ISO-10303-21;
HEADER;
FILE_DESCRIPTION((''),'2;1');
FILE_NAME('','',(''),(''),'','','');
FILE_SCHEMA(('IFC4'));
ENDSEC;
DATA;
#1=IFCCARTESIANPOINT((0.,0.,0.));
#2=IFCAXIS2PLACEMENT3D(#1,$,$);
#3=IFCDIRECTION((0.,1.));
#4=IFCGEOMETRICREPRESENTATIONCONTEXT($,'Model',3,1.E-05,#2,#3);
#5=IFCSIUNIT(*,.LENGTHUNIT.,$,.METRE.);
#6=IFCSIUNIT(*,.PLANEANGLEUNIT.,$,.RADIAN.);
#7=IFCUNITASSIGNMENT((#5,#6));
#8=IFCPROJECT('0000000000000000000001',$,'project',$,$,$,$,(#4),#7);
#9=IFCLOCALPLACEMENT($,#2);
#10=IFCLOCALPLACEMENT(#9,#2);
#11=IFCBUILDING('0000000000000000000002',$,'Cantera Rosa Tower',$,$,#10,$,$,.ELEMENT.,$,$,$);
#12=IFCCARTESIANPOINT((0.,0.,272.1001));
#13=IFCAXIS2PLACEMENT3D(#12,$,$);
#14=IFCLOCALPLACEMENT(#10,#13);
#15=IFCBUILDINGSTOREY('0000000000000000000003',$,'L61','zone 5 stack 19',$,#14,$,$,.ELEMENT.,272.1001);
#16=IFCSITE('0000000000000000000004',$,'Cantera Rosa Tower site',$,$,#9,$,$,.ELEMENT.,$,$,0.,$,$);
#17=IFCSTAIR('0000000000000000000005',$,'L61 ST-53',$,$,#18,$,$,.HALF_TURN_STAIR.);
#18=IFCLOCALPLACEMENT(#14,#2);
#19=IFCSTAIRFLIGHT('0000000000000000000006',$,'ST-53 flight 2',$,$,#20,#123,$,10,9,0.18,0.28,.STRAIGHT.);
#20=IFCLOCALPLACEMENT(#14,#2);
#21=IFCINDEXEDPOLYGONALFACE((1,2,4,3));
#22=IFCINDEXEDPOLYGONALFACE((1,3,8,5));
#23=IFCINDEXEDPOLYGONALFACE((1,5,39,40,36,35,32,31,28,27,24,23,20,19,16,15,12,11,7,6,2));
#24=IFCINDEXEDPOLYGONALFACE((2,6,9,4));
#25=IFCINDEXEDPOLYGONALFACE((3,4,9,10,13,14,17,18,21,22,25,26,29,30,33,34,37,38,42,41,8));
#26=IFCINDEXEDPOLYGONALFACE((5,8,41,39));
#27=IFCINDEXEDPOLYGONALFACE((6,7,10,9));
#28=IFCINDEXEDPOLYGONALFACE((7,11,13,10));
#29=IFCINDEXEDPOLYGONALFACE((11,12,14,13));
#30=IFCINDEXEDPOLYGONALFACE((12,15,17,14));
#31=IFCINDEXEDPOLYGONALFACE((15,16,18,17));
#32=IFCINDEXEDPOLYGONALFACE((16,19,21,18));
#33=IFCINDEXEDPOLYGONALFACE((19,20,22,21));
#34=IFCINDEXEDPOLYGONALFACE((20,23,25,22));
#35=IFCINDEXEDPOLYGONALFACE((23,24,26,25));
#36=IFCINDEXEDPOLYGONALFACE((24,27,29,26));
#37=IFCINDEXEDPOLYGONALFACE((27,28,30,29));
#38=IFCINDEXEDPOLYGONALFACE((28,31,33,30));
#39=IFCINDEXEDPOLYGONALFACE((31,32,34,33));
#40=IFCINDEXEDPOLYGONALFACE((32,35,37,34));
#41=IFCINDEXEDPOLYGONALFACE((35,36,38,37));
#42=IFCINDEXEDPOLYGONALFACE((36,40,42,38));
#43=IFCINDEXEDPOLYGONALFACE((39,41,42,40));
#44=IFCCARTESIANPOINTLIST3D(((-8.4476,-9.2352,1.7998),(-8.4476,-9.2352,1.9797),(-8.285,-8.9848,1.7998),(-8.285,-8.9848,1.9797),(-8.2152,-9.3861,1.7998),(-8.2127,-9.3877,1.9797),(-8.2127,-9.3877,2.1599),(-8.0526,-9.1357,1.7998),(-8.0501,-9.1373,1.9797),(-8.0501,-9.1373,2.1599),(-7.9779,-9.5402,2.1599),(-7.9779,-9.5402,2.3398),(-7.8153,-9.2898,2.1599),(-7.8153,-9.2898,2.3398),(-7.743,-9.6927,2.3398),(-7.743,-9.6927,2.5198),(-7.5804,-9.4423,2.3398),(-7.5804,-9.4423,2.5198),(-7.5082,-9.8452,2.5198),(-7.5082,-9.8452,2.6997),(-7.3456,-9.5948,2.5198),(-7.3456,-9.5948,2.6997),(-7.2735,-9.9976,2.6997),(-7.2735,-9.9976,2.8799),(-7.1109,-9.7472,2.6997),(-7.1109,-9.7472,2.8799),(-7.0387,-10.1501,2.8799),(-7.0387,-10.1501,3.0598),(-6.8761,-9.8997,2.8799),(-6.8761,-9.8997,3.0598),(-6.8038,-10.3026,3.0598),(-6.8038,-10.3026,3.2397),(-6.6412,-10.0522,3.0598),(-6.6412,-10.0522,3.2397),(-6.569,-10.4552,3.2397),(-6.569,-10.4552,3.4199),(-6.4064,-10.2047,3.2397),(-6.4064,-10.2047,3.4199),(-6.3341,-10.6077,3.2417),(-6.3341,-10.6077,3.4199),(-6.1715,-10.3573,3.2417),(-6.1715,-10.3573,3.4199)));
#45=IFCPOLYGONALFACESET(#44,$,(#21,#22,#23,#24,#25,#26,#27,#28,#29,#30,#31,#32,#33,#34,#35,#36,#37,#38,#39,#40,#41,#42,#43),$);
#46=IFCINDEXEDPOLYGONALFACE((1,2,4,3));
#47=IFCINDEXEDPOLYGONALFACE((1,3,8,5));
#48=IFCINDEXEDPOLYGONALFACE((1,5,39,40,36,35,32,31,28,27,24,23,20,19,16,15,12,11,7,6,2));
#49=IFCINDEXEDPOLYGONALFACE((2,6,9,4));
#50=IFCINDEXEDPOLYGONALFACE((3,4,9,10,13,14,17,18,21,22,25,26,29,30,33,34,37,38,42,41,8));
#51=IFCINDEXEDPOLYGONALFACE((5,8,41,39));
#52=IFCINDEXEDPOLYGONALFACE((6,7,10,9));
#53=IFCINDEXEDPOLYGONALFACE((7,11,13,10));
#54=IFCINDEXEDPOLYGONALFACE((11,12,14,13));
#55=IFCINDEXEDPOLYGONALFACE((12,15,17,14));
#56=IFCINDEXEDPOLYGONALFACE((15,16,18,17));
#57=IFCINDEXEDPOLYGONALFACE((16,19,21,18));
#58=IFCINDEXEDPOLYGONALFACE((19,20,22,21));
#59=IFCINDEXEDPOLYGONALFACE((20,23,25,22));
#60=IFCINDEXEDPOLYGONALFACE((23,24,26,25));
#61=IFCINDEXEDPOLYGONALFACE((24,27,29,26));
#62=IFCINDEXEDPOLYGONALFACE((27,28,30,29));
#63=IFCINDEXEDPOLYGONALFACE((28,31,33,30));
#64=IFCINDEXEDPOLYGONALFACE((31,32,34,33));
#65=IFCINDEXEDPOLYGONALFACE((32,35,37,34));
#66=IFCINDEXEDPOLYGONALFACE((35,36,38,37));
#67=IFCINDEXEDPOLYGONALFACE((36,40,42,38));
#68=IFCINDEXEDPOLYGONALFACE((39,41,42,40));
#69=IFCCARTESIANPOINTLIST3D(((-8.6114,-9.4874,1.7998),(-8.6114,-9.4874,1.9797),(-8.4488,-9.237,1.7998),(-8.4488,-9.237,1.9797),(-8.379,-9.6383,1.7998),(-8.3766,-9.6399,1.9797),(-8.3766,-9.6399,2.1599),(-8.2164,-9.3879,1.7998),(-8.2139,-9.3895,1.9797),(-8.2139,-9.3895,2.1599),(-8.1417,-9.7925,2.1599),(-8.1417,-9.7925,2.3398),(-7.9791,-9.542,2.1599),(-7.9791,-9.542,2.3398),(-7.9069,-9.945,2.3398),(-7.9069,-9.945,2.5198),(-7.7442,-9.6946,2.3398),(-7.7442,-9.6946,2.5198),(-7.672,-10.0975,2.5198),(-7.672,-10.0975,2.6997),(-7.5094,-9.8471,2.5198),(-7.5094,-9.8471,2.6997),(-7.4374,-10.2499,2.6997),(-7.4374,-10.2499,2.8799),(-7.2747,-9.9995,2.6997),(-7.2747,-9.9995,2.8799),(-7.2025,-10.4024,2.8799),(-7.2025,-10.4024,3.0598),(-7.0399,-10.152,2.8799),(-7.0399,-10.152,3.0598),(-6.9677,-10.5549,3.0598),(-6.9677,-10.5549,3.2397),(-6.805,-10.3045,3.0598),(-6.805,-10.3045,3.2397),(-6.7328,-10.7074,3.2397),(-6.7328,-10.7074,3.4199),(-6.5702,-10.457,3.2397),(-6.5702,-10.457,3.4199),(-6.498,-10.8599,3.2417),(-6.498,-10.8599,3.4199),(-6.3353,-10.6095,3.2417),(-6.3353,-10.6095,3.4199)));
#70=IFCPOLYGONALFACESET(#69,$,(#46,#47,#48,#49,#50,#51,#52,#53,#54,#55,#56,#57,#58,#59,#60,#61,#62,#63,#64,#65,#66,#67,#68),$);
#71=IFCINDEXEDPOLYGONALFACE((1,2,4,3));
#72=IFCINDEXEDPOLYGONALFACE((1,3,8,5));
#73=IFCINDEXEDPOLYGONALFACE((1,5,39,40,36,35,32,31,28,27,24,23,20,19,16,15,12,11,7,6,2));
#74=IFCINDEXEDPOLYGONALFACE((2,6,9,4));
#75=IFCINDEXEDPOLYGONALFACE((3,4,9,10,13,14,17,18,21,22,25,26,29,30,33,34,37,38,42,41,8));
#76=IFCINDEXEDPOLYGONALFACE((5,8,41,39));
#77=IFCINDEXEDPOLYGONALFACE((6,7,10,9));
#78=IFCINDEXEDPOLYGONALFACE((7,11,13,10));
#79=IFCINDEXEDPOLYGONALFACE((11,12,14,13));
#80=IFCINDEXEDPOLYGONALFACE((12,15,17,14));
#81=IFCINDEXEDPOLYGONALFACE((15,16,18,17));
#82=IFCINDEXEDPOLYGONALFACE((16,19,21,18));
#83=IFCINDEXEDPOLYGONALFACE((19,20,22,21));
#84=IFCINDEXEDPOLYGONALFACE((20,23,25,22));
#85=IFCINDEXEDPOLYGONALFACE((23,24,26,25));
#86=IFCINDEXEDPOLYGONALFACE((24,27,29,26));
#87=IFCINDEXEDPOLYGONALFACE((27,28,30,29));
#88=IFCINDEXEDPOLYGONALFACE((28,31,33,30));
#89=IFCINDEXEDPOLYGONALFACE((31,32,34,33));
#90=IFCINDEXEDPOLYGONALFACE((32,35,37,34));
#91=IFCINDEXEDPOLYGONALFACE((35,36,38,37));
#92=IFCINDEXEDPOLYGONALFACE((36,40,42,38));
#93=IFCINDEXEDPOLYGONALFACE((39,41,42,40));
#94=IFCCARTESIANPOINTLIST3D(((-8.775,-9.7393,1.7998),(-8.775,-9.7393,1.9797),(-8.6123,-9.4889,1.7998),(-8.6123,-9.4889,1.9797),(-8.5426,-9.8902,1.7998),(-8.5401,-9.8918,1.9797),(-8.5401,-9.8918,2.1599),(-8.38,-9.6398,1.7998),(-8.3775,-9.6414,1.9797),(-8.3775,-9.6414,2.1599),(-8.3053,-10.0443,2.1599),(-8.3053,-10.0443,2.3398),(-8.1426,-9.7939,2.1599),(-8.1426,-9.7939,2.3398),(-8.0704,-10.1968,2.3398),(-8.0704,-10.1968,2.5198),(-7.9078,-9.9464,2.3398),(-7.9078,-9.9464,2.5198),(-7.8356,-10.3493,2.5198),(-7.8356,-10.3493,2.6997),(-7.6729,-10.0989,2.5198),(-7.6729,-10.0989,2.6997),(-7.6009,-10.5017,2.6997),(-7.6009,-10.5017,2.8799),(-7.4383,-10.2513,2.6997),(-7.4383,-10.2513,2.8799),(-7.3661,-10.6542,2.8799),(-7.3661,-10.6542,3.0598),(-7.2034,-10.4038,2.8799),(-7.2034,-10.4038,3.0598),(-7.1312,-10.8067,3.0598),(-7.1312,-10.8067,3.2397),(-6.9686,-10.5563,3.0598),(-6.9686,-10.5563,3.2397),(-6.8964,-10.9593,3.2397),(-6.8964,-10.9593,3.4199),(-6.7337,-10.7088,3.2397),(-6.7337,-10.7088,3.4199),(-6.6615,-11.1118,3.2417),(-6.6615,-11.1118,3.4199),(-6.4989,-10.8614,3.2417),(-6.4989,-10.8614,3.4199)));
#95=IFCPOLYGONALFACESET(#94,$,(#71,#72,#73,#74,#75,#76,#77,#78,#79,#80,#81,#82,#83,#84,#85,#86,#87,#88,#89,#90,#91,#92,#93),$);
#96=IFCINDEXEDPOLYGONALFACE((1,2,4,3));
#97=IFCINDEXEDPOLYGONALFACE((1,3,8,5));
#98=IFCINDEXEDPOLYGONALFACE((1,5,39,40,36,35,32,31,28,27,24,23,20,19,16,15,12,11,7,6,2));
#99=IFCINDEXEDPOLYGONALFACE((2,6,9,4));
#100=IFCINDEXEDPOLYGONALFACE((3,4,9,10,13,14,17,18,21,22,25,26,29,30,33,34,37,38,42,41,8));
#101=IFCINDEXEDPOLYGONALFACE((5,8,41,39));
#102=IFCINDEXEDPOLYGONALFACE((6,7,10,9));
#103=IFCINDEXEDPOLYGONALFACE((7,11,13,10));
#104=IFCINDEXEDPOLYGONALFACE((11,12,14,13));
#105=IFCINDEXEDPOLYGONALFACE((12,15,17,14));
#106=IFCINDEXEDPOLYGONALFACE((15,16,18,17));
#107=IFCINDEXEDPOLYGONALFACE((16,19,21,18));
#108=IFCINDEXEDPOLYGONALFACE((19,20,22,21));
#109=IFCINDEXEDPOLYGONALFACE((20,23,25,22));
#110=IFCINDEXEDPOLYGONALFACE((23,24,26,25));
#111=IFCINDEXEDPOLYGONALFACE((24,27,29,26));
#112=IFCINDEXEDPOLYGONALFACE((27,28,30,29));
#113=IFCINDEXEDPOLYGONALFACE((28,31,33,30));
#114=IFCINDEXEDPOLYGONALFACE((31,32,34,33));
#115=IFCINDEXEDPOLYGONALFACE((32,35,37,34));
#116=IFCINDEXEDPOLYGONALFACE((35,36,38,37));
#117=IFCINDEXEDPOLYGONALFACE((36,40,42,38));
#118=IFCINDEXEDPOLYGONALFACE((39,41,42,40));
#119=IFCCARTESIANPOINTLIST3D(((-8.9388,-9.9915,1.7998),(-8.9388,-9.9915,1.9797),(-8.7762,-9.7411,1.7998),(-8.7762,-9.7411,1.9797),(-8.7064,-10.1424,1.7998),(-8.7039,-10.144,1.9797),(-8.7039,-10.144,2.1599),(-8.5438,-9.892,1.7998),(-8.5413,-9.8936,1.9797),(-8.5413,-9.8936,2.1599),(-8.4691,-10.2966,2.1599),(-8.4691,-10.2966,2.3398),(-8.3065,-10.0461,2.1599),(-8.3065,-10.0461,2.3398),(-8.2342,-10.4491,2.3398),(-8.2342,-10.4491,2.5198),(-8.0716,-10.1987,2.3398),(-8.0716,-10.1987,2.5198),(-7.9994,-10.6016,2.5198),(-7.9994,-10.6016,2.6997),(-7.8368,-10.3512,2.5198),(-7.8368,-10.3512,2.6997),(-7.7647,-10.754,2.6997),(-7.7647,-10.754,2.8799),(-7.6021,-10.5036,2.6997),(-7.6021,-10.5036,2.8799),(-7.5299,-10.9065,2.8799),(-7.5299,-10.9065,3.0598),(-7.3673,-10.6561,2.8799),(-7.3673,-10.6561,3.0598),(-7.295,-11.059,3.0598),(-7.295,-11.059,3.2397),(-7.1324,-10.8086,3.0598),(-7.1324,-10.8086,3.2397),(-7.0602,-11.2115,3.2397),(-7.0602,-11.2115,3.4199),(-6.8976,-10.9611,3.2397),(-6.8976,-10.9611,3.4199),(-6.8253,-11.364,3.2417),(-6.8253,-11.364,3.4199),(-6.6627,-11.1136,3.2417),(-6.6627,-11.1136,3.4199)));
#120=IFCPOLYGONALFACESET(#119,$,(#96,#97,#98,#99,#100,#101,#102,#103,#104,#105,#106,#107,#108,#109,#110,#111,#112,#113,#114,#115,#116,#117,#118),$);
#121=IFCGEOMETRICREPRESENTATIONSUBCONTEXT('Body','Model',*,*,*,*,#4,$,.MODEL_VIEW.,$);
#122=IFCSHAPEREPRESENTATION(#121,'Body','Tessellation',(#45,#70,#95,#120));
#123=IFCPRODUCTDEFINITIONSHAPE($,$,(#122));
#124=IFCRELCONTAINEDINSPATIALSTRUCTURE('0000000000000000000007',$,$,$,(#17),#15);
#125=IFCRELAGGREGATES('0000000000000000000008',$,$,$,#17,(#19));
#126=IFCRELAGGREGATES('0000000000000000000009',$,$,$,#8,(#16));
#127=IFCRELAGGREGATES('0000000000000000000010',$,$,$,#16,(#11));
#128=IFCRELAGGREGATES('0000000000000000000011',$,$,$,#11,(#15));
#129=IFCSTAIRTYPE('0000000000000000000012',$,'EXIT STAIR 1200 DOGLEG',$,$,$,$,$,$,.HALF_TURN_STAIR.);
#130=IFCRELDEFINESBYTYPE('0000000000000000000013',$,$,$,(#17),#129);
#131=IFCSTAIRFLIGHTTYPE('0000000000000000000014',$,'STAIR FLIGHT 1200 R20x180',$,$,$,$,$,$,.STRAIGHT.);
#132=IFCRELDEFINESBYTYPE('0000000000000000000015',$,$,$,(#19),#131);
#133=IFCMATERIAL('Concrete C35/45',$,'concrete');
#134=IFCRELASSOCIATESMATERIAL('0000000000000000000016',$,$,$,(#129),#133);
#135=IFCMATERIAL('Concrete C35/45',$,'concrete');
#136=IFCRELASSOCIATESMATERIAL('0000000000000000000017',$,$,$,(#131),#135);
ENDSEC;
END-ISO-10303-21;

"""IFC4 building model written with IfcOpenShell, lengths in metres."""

from ifc_helpers import new_model, si_unit, direction, frame, origin, place, context, subcontext, project, spatial, polyline, outline, extrude, material, type_object, element, aggregate, save


model = new_model("IFC4")

# Units and contexts
model_context = context("Model", 3, precision=1e-05, world=origin(), true_north=direction((0.0, 1.0)))
body_context = subcontext(model_context, "Body", "Model", "MODEL_VIEW")
ifc_project = project(units=[si_unit("LENGTHUNIT", "METRE"), si_unit("PLANEANGLEUNIT", "RADIAN")], contexts=[model_context])

# Site, building, storey
site_placement = place(None, origin())
site = spatial("IfcSite", under=ifc_project, at=site_placement, Name="Cantera Rosa Tower site", CompositionType="ELEMENT", RefElevation=0.0)
building_placement = place(site_placement, origin())
building = spatial("IfcBuilding", under=site, at=building_placement, Name="Cantera Rosa Tower", CompositionType="ELEMENT")
storey_placement = place(building_placement, frame((0.0, 0.0, 272.1001)))
storey = spatial("IfcBuildingStorey", under=building, at=storey_placement, Name="L61", Description="zone 5 stack 19", CompositionType="ELEMENT", Elevation=272.1001)

# Stair, stair flight
ifc_material_1 = material(Name="Concrete C35/45", Category="concrete")
stair_type = type_object("IfcStairType", Name="EXIT STAIR 1200 DOGLEG", PredefinedType="HALF_TURN_STAIR", material=ifc_material_1)
stair_placement = place(storey_placement, origin())
stair = element("IfcStair", 1, at=stair_placement, inside=storey, type_object=stair_type, Name="L61 ST-53", PredefinedType="HALF_TURN_STAIR")
ifc_material_2 = material(Name="Concrete C35/45", Category="concrete")
stair_flight_type = type_object("IfcStairFlightType", Name="STAIR FLIGHT 1200 R20x180", PredefinedType="STRAIGHT", material=ifc_material_2)
stair_flight_1_placement = place(storey_placement, frame((-8.6118, -9.488, 1.7998), z_axis=(0.0, 0.0, 1.0), x_axis=(0.838671, -0.544639, 0.0)))
stair_flight_1 = element("IfcStairFlight", 2, at=stair_flight_1_placement, type_object=stair_flight_type, Name="ST-53 flight 2", NumberOfRisers=10, NumberOfTreads=9, PredefinedType="STRAIGHT", RiserHeight=0.18, TreadLength=0.28, context=body_context, shape_type="SweptSolid", body=[
    extrude(outline(polyline([(0.0, 0.0), (0.0, 0.1799), (0.28, 0.1799), (0.28, 0.3601), (0.5601, 0.3601), (0.5601, 0.54), (0.8401, 0.54), (0.8401, 0.72), (1.1201, 0.72), (1.1201, 0.8999), (1.3999, 0.8999), (1.3999, 1.0801), (1.6799, 1.0801), (1.6799, 1.26), (1.96, 1.26), (1.96, 1.4399), (2.24, 1.4399), (2.24, 1.6201), (2.52, 1.6201), (2.52, 1.8), (2.52, 1.4419), (0.2771, 0.0), (0.0, 0.0)])), frame((0.0, 0.6001, 0.0), z_axis=(0.0, -1.0, 0.0), x_axis=(1.0, 0.0, 0.0)), (0.0, 0.0, 1.0), 0.2986),
    extrude(outline(polyline([(0.0, 0.0), (0.0, 0.1799), (0.28, 0.1799), (0.28, 0.3601), (0.5601, 0.3601), (0.5601, 0.54), (0.8401, 0.54), (0.8401, 0.72), (1.1201, 0.72), (1.1201, 0.8999), (1.3999, 0.8999), (1.3999, 1.0801), (1.6799, 1.0801), (1.6799, 1.26), (1.96, 1.26), (1.96, 1.4399), (2.24, 1.4399), (2.24, 1.6201), (2.52, 1.6201), (2.52, 1.8), (2.52, 1.4419), (0.2771, 0.0), (0.0, 0.0)])), frame((0.0, 0.2993, 0.0), z_axis=(0.0, -1.0, 0.0), x_axis=(1.0, 0.0, 0.0)), (0.0, 0.0, 1.0), 0.2986),
    extrude(outline(polyline([(0.0, 0.0), (0.0, 0.1799), (0.28, 0.1799), (0.28, 0.3601), (0.5601, 0.3601), (0.5601, 0.54), (0.8401, 0.54), (0.8401, 0.72), (1.1201, 0.72), (1.1201, 0.8999), (1.3999, 0.8999), (1.3999, 1.0801), (1.6799, 1.0801), (1.6799, 1.26), (1.96, 1.26), (1.96, 1.4399), (2.24, 1.4399), (2.24, 1.6201), (2.52, 1.6201), (2.52, 1.8), (2.52, 1.4419), (0.2771, 0.0), (0.0, 0.0)])), frame((0.0, -0.001, 0.0), z_axis=(0.0, -1.0, 0.0), x_axis=(1.0, 0.0, 0.0)), (0.0, 0.0, 1.0), 0.2986),
    extrude(outline(polyline([(0.0, 0.0), (0.0, 0.1799), (0.28, 0.1799), (0.28, 0.3601), (0.5601, 0.3601), (0.5601, 0.54), (0.8401, 0.54), (0.8401, 0.72), (1.1201, 0.72), (1.1201, 0.8999), (1.3999, 0.8999), (1.3999, 1.0801), (1.6799, 1.0801), (1.6799, 1.26), (1.96, 1.26), (1.96, 1.4399), (2.24, 1.4399), (2.24, 1.6201), (2.52, 1.6201), (2.52, 1.8), (2.52, 1.4419), (0.2771, 0.0), (0.0, 0.0)])), frame((0.0, -0.3018, 0.0), z_axis=(0.0, -1.0, 0.0), x_axis=(1.0, 0.0, 0.0)), (0.0, 0.0, 1.0), 0.2986),
])
aggregate(stair, [stair_flight_1])

save(model, "model.ifc")
